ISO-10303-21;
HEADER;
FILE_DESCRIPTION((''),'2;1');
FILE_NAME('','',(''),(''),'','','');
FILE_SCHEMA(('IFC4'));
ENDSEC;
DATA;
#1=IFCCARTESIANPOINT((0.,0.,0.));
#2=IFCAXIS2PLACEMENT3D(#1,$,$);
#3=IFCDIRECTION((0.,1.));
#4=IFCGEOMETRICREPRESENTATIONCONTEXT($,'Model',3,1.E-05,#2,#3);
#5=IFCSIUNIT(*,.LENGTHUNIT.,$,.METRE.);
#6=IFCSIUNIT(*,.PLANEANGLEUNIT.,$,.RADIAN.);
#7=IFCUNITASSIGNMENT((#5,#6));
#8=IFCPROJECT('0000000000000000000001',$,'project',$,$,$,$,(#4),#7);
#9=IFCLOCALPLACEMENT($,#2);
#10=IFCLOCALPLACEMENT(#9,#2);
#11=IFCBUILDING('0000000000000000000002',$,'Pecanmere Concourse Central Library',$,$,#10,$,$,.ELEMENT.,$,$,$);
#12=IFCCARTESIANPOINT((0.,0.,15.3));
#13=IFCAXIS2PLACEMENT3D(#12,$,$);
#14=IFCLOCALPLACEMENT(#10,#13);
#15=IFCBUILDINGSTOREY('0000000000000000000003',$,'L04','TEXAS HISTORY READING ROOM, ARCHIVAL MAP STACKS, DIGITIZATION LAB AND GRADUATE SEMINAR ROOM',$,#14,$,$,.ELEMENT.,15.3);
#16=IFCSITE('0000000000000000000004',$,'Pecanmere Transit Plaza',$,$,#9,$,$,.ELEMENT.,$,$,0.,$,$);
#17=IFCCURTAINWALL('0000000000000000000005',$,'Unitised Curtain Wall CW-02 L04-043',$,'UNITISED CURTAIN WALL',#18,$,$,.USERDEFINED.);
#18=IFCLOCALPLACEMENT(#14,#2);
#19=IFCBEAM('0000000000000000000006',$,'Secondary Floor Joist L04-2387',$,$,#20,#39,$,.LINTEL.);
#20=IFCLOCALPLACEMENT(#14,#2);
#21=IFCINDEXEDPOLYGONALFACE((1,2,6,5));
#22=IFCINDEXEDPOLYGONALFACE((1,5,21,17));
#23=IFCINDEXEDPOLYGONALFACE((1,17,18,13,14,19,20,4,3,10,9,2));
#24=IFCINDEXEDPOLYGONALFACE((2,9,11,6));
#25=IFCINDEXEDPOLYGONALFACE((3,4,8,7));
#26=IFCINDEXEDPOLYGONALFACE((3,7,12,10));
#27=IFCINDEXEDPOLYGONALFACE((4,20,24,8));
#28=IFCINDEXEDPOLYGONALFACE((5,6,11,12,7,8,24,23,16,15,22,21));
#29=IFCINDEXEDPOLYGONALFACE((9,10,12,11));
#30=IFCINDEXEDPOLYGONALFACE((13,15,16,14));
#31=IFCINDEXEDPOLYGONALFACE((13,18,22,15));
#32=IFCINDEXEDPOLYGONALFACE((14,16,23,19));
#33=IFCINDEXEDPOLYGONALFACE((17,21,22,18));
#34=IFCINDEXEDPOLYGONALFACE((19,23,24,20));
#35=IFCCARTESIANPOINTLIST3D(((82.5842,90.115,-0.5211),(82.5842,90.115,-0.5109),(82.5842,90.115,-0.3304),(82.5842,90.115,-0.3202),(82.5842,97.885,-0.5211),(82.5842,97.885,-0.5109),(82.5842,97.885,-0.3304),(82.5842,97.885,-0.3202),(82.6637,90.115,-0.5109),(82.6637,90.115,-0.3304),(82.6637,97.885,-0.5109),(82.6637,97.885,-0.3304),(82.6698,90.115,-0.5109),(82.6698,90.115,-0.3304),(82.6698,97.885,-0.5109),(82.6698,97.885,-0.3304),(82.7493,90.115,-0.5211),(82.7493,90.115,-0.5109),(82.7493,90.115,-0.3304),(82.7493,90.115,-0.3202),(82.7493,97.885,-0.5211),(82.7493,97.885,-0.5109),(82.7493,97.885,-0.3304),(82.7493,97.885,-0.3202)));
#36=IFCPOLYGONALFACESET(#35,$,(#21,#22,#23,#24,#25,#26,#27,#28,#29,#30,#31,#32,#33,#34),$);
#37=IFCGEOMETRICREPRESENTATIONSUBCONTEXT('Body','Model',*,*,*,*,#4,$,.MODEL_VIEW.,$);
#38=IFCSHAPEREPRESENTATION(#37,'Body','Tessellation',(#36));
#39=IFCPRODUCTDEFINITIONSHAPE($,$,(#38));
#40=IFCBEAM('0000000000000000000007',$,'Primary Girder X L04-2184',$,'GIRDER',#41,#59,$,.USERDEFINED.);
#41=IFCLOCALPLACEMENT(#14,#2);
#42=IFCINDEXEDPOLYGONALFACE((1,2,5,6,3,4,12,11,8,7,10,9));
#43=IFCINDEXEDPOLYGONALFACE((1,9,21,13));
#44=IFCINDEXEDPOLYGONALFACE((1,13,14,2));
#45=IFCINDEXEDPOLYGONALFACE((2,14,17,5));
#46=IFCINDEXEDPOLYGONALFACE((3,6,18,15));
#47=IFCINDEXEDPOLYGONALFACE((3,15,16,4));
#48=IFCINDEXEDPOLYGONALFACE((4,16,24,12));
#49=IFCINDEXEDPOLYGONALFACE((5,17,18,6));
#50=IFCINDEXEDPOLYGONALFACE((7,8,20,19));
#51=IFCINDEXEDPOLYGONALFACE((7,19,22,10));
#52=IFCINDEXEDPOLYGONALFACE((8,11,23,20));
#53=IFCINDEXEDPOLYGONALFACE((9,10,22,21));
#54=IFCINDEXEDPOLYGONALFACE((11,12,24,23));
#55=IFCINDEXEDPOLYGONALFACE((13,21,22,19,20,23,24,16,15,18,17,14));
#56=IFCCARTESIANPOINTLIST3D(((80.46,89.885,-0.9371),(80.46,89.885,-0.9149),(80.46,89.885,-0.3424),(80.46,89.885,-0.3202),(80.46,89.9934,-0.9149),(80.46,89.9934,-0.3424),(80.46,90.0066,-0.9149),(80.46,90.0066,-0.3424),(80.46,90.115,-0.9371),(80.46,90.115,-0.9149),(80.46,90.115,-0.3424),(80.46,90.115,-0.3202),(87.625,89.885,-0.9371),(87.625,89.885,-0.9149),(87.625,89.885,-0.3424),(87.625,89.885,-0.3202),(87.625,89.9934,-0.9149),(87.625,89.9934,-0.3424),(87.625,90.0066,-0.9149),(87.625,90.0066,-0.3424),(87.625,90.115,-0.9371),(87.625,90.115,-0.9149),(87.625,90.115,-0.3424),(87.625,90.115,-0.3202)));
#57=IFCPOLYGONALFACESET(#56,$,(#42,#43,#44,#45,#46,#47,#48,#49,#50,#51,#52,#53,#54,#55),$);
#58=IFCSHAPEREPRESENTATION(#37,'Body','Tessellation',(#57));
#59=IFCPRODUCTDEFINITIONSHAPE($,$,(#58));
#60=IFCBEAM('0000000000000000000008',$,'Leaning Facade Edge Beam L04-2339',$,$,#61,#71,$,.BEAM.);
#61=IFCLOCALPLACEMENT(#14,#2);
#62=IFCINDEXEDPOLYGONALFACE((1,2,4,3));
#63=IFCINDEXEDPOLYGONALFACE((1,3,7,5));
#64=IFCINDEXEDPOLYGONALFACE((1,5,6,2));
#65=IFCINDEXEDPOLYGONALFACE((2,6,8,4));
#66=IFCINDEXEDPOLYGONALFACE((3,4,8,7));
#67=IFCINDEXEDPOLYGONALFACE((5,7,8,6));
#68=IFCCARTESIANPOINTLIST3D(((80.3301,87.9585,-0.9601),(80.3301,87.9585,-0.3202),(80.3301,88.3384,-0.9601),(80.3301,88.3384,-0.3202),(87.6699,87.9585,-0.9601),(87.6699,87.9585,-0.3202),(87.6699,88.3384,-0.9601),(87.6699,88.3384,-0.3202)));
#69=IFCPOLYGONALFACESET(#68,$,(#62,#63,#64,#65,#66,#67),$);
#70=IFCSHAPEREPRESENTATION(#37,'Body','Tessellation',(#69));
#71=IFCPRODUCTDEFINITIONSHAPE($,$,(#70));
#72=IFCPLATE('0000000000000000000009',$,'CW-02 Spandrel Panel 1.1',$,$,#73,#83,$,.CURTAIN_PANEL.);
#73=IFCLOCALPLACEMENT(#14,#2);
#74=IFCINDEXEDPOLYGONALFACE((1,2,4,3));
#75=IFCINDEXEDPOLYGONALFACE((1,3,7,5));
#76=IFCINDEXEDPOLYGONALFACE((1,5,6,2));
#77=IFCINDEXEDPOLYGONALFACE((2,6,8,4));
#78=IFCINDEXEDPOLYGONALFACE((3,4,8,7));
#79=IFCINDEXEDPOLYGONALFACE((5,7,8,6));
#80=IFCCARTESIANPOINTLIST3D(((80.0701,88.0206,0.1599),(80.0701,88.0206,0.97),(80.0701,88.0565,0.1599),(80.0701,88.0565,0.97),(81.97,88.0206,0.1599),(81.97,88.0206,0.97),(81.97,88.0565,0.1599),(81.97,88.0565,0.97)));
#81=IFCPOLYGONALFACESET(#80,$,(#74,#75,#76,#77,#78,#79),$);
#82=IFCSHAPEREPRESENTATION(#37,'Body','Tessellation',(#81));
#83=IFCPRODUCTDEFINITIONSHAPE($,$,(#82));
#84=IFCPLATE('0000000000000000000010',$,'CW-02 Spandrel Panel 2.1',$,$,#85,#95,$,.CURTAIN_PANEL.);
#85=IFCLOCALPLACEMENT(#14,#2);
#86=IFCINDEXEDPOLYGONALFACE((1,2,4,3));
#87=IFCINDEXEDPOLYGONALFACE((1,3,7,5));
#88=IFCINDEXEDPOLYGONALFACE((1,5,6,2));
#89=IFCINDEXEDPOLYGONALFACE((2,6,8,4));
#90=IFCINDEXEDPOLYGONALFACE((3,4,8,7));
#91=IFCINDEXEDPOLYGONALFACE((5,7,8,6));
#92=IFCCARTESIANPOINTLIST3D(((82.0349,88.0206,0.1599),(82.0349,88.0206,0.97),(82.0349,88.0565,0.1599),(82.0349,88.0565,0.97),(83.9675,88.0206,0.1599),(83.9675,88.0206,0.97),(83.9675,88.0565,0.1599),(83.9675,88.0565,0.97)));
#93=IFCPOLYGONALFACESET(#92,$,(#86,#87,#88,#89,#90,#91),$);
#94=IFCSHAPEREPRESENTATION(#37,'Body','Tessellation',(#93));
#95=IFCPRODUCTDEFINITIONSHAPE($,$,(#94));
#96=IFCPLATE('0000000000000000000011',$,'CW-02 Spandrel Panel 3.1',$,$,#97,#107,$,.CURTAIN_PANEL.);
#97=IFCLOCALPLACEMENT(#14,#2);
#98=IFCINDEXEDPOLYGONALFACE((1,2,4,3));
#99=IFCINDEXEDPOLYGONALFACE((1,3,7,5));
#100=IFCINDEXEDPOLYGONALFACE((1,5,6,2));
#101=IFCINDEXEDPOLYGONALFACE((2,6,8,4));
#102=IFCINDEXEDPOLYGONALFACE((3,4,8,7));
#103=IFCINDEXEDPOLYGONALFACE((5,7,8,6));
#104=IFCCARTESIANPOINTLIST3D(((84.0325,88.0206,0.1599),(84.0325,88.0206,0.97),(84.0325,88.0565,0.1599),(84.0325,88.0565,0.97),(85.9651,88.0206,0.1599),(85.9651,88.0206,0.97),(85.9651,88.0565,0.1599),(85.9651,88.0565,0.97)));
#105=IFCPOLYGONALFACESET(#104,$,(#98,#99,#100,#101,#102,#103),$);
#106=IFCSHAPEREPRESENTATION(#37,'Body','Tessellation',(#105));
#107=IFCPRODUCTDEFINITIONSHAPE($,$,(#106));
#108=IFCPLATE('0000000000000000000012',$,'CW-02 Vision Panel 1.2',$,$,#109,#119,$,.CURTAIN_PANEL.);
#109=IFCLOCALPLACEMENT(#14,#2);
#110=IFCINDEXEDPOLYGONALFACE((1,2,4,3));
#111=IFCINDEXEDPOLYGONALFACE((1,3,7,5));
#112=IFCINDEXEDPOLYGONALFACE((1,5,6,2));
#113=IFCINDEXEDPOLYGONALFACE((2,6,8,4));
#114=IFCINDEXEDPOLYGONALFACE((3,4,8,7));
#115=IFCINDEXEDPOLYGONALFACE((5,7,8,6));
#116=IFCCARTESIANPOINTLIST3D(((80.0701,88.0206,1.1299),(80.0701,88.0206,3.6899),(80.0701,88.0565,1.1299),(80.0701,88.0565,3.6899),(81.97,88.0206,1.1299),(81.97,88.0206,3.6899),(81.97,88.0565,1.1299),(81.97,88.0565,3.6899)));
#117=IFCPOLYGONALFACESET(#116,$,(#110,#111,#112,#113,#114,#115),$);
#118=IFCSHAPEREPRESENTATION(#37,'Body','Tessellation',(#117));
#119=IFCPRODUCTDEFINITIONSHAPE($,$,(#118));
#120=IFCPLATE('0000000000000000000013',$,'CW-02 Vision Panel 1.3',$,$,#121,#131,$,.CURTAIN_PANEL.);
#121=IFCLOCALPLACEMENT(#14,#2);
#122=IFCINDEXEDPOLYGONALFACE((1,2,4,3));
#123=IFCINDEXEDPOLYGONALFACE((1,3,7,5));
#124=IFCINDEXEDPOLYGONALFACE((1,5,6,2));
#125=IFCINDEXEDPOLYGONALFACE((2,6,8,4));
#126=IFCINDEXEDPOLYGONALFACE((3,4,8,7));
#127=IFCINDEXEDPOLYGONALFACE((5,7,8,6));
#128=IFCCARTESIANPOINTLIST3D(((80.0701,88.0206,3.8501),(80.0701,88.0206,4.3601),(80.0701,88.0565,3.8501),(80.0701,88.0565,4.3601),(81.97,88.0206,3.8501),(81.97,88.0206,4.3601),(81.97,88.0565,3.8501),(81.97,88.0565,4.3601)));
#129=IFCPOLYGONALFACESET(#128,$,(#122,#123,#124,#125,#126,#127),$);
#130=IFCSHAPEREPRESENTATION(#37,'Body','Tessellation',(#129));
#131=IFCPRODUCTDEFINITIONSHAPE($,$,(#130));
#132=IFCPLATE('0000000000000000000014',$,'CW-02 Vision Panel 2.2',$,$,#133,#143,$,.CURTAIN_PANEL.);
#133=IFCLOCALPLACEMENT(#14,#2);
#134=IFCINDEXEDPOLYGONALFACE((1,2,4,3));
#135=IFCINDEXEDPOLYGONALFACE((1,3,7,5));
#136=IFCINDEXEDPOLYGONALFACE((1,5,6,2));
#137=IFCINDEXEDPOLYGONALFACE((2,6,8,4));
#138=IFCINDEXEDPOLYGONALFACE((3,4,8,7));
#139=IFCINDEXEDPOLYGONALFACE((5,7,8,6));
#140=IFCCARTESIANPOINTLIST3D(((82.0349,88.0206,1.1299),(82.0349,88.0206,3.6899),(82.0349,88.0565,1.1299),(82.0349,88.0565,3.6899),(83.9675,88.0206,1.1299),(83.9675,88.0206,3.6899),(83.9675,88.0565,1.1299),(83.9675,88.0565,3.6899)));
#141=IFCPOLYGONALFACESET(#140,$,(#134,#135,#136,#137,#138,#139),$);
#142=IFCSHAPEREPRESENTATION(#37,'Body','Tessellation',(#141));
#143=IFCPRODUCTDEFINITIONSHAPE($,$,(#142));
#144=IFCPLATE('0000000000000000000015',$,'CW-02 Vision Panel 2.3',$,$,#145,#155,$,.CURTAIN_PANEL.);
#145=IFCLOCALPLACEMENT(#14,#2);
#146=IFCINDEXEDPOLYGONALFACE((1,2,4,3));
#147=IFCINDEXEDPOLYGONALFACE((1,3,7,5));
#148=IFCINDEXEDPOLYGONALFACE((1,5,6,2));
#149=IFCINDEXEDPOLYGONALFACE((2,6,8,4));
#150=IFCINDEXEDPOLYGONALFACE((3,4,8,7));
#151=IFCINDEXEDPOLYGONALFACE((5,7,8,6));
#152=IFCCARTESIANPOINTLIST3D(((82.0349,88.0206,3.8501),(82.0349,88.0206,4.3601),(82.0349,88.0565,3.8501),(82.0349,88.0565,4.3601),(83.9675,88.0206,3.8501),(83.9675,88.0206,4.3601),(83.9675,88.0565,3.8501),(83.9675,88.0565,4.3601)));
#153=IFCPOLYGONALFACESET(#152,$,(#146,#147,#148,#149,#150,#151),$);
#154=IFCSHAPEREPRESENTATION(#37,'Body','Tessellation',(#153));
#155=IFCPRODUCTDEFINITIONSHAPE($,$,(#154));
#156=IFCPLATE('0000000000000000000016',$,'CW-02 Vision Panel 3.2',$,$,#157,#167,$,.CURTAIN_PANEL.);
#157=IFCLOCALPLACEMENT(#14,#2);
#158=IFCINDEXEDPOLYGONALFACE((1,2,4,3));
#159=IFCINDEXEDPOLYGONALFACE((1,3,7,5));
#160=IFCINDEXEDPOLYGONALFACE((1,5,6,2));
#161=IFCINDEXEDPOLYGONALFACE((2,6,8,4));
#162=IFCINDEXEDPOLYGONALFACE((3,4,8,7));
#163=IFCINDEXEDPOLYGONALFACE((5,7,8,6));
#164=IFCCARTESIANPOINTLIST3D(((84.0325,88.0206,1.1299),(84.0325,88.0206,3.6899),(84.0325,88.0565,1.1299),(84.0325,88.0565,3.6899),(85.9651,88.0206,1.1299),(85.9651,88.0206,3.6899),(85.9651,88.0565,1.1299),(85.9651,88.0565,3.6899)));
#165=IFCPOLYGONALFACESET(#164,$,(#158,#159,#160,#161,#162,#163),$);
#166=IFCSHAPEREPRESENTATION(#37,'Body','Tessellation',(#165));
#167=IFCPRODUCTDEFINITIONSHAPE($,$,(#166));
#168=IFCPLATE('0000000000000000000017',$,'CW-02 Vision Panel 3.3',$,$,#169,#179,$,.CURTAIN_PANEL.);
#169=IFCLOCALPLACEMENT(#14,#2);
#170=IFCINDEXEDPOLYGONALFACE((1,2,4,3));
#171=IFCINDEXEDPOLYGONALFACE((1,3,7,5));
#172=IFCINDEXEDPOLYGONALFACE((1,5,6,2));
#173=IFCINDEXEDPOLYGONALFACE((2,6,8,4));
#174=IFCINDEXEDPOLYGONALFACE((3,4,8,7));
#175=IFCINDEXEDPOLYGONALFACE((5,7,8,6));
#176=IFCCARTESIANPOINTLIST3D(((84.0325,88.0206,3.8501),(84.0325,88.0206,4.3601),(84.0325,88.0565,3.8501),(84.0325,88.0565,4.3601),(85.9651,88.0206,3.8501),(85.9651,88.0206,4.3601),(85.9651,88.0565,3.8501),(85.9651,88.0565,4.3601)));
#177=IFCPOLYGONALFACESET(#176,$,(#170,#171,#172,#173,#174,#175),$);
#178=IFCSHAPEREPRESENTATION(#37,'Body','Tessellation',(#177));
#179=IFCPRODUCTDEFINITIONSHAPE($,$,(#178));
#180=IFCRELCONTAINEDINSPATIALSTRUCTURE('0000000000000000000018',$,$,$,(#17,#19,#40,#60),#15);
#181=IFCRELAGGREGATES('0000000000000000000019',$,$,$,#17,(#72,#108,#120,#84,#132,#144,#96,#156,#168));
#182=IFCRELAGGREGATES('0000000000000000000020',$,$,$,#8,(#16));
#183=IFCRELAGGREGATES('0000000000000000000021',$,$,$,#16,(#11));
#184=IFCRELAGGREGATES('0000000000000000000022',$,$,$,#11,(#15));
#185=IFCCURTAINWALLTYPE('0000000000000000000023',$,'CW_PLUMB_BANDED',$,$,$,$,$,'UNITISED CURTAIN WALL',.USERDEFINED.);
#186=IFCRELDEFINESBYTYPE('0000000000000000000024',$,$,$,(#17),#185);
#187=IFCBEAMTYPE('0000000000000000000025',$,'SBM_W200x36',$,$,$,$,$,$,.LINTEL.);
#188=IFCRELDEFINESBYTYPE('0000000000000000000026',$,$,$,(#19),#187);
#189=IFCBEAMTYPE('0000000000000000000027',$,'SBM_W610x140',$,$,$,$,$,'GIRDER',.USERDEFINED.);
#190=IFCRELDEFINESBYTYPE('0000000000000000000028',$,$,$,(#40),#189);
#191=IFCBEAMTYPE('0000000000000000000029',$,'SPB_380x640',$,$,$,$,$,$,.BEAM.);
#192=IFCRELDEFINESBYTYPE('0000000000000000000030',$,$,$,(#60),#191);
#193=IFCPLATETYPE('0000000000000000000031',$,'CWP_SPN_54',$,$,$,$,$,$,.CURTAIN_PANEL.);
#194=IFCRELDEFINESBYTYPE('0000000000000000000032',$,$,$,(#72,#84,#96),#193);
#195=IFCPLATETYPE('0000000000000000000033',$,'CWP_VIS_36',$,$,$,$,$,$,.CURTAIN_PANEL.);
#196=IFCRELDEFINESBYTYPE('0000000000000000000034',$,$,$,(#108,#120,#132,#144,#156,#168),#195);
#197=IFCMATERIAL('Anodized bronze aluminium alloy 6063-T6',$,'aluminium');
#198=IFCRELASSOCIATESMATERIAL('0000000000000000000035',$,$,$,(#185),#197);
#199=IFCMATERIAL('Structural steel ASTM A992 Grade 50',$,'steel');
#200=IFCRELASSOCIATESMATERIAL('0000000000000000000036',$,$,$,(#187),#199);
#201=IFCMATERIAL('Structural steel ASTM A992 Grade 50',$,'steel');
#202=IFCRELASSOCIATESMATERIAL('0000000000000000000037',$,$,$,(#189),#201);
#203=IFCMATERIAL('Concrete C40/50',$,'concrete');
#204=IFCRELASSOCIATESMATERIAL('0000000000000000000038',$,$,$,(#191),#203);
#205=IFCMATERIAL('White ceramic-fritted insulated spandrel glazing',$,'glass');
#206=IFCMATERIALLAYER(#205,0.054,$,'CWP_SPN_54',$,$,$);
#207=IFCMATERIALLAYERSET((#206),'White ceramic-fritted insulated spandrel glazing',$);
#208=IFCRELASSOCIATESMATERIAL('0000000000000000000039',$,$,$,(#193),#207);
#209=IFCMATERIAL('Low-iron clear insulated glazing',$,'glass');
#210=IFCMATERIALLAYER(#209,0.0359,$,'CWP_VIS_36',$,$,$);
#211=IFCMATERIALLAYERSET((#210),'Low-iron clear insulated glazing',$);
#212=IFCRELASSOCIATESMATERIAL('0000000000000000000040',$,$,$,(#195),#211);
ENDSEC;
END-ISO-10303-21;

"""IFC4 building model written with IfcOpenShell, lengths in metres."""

from ifc_helpers import new_model, si_unit, direction, frame, origin, origin_2d, place, context, subcontext, project, spatial, rectangle, i_section, extrude, material, layer, layer_set, material_profile, profile_set, type_object, element, aggregate, save


model = new_model("IFC4")

# Units and contexts
model_context = context("Model", 3, precision=1e-05, world=origin(), true_north=direction((0.0, 1.0)))
body_context = subcontext(model_context, "Body", "Model", "MODEL_VIEW")
ifc_project = project(units=[si_unit("LENGTHUNIT", "METRE"), si_unit("PLANEANGLEUNIT", "RADIAN")], contexts=[model_context])

# Site, building, storey
site_placement = place(None, origin())
site = spatial("IfcSite", under=ifc_project, at=site_placement, Name="Pecanmere Transit Plaza", CompositionType="ELEMENT", RefElevation=0.0)
building_placement = place(site_placement, origin())
building = spatial("IfcBuilding", under=site, at=building_placement, Name="Pecanmere Concourse Central Library", CompositionType="ELEMENT")
storey_placement = place(building_placement, frame((0.0, 0.0, 15.3)))
storey = spatial("IfcBuildingStorey", under=building, at=storey_placement, Name="L04", Description="TEXAS HISTORY READING ROOM, ARCHIVAL MAP STACKS, DIGITIZATION LAB AND GRADUATE SEMINAR ROOM", CompositionType="ELEMENT", Elevation=15.3)

# Curtain wall
ifc_material_1 = material(Name="Anodized bronze aluminium alloy 6063-T6", Category="aluminium")
curtain_wall_type = type_object("IfcCurtainWallType", Name="CW_PLUMB_BANDED", ElementType="UNITISED CURTAIN WALL", PredefinedType="USERDEFINED", material=ifc_material_1)
curtain_wall_placement = place(storey_placement, origin())
curtain_wall = element("IfcCurtainWall", 1, at=curtain_wall_placement, inside=storey, type_object=curtain_wall_type, Name="Unitised Curtain Wall CW-02 L04-043", ObjectType="UNITISED CURTAIN WALL", PredefinedType="USERDEFINED")

# Beams
ifc_material_2 = material(Name="Structural steel ASTM A992 Grade 50", Category="steel")
ifc_material_profile_1 = material_profile(ifc_material_2, i_section(OverallWidth=0.165, OverallDepth=0.2009, WebThickness=0.0061, FlangeThickness=0.0103, at=origin_2d()), Name="W200x35.9")
ifc_profile_set_1 = profile_set([ifc_material_profile_1], Name="Structural steel ASTM A992 Grade 50")
beam_type_1 = type_object("IfcBeamType", Name="SBM_W200x36", PredefinedType="LINTEL", material=ifc_profile_set_1)
beam_1_placement = place(storey_placement, frame((82.6667, 90.115, -0.4207), z_axis=(0.0, 1.0, 0.0), x_axis=(-1.0, 0.0, 0.0)))
element("IfcBeam", 2, at=beam_1_placement, inside=storey, type_object=beam_type_1, Name="Secondary Floor Joist L04-2387", PredefinedType="LINTEL", context=body_context, shape_type="SweptSolid", body=[
    extrude(i_section(OverallWidth=0.165, OverallDepth=0.2009, WebThickness=0.0061, FlangeThickness=0.0103, at=origin_2d()), origin(), (0.0, 0.0, 1.0), 7.77),
])
ifc_material_3 = material(Name="Structural steel ASTM A992 Grade 50", Category="steel")
ifc_material_profile_2 = material_profile(ifc_material_3, i_section(OverallWidth=0.23, OverallDepth=0.6169, WebThickness=0.0132, FlangeThickness=0.0222, at=origin_2d()), Name="W610x140")
ifc_profile_set_2 = profile_set([ifc_material_profile_2], Name="Structural steel ASTM A992 Grade 50")
beam_type_2 = type_object("IfcBeamType", Name="SBM_W610x140", ElementType="GIRDER", PredefinedType="USERDEFINED", material=ifc_profile_set_2)
beam_2_placement = place(storey_placement, frame((80.46, 90.0, -0.6287), z_axis=(1.0, 0.0, 0.0), x_axis=(0.0, 1.0, 0.0)))
element("IfcBeam", 3, at=beam_2_placement, inside=storey, type_object=beam_type_2, Name="Primary Girder X L04-2184", ObjectType="GIRDER", PredefinedType="USERDEFINED", context=body_context, shape_type="SweptSolid", body=[
    extrude(i_section(OverallWidth=0.23, OverallDepth=0.6169, WebThickness=0.0132, FlangeThickness=0.0222, at=origin_2d()), origin(), (0.0, 0.0, 1.0), 7.165),
])
ifc_material_4 = material(Name="Concrete C40/50", Category="concrete")
ifc_material_profile_3 = material_profile(ifc_material_4, rectangle(XDim=0.3799, YDim=0.6399, at=origin_2d()), Name="RC 380x640")
ifc_profile_set_3 = profile_set([ifc_material_profile_3], Name="Concrete C40/50")
beam_type_3 = type_object("IfcBeamType", Name="SPB_380x640", PredefinedType="BEAM", material=ifc_profile_set_3)
beam_3_placement = place(storey_placement, frame((80.3301, 88.1484, -0.6401), z_axis=(1.0, 0.0, 0.0), x_axis=(0.0, 1.0, 0.0)))
element("IfcBeam", 4, at=beam_3_placement, inside=storey, type_object=beam_type_3, Name="Leaning Facade Edge Beam L04-2339", PredefinedType="BEAM", context=body_context, shape_type="SweptSolid", body=[
    extrude(rectangle(XDim=0.3799, YDim=0.6399, at=origin_2d()), origin(), (0.0, 0.0, 1.0), 7.3398),
])

# Plates
ifc_material_5 = material(Name="White ceramic-fritted insulated spandrel glazing", Category="glass")
ifc_layer_1 = layer(ifc_material_5, 0.054, Name="CWP_SPN_54")
ifc_layer_set_1 = layer_set([ifc_layer_1], Name="White ceramic-fritted insulated spandrel glazing")
plate_type_1 = type_object("IfcPlateType", Name="CWP_SPN_54", PredefinedType="CURTAIN_PANEL", material=ifc_layer_set_1)
plate_1_placement = place(storey_placement, frame((81.02, 88.0386, 0.1599), z_axis=(0.0, 0.0, 1.0), x_axis=(1.0, 0.0, 0.0)))
plate_1 = element("IfcPlate", 5, at=plate_1_placement, type_object=plate_type_1, Name="CW-02 Spandrel Panel 1.1", PredefinedType="CURTAIN_PANEL", context=body_context, shape_type="SweptSolid", body=[
    extrude(rectangle(XDim=1.8999, YDim=0.0359, at=origin_2d()), origin(), (0.0, 0.0, 1.0), 0.8101),
])
plate_2_placement = place(storey_placement, frame((83.0012, 88.0386, 0.1599), z_axis=(0.0, 0.0, 1.0), x_axis=(1.0, 0.0, 0.0)))
plate_2 = element("IfcPlate", 6, at=plate_2_placement, type_object=plate_type_1, Name="CW-02 Spandrel Panel 2.1", PredefinedType="CURTAIN_PANEL", context=body_context, shape_type="SweptSolid", body=[
    extrude(rectangle(XDim=1.9326, YDim=0.0359, at=origin_2d()), origin(), (0.0, 0.0, 1.0), 0.8101),
])
plate_3_placement = place(storey_placement, frame((84.9988, 88.0386, 0.1599), z_axis=(0.0, 0.0, 1.0), x_axis=(1.0, 0.0, 0.0)))
plate_3 = element("IfcPlate", 7, at=plate_3_placement, type_object=plate_type_1, Name="CW-02 Spandrel Panel 3.1", PredefinedType="CURTAIN_PANEL", context=body_context, shape_type="SweptSolid", body=[
    extrude(rectangle(XDim=1.9326, YDim=0.0359, at=origin_2d()), origin(), (0.0, 0.0, 1.0), 0.8101),
])
ifc_material_6 = material(Name="Low-iron clear insulated glazing", Category="glass")
ifc_layer_2 = layer(ifc_material_6, 0.0359, Name="CWP_VIS_36")
ifc_layer_set_2 = layer_set([ifc_layer_2], Name="Low-iron clear insulated glazing")
plate_type_2 = type_object("IfcPlateType", Name="CWP_VIS_36", PredefinedType="CURTAIN_PANEL", material=ifc_layer_set_2)
plate_4_placement = place(storey_placement, frame((81.02, 88.0386, 1.1299), z_axis=(0.0, 0.0, 1.0), x_axis=(1.0, 0.0, 0.0)))
plate_4 = element("IfcPlate", 8, at=plate_4_placement, type_object=plate_type_2, Name="CW-02 Vision Panel 1.2", PredefinedType="CURTAIN_PANEL", context=body_context, shape_type="SweptSolid", body=[
    extrude(rectangle(XDim=1.8999, YDim=0.0359, at=origin_2d()), origin(), (0.0, 0.0, 1.0), 2.5601),
])
plate_5_placement = place(storey_placement, frame((81.02, 88.0386, 3.8501), z_axis=(0.0, 0.0, 1.0), x_axis=(1.0, 0.0, 0.0)))
plate_5 = element("IfcPlate", 9, at=plate_5_placement, type_object=plate_type_2, Name="CW-02 Vision Panel 1.3", PredefinedType="CURTAIN_PANEL", context=body_context, shape_type="SweptSolid", body=[
    extrude(rectangle(XDim=1.8999, YDim=0.0359, at=origin_2d()), origin(), (0.0, 0.0, 1.0), 0.51),
])
plate_6_placement = place(storey_placement, frame((83.0012, 88.0386, 1.1299), z_axis=(0.0, 0.0, 1.0), x_axis=(1.0, 0.0, 0.0)))
plate_6 = element("IfcPlate", 10, at=plate_6_placement, type_object=plate_type_2, Name="CW-02 Vision Panel 2.2", PredefinedType="CURTAIN_PANEL", context=body_context, shape_type="SweptSolid", body=[
    extrude(rectangle(XDim=1.9326, YDim=0.0359, at=origin_2d()), origin(), (0.0, 0.0, 1.0), 2.5601),
])
plate_7_placement = place(storey_placement, frame((83.0012, 88.0386, 3.8501), z_axis=(0.0, 0.0, 1.0), x_axis=(1.0, 0.0, 0.0)))
plate_7 = element("IfcPlate", 11, at=plate_7_placement, type_object=plate_type_2, Name="CW-02 Vision Panel 2.3", PredefinedType="CURTAIN_PANEL", context=body_context, shape_type="SweptSolid", body=[
    extrude(rectangle(XDim=1.9326, YDim=0.0359, at=origin_2d()), origin(), (0.0, 0.0, 1.0), 0.51),
])
plate_8_placement = place(storey_placement, frame((84.9988, 88.0386, 1.1299), z_axis=(0.0, 0.0, 1.0), x_axis=(1.0, 0.0, 0.0)))
plate_8 = element("IfcPlate", 12, at=plate_8_placement, type_object=plate_type_2, Name="CW-02 Vision Panel 3.2", PredefinedType="CURTAIN_PANEL", context=body_context, shape_type="SweptSolid", body=[
    extrude(rectangle(XDim=1.9326, YDim=0.0359, at=origin_2d()), origin(), (0.0, 0.0, 1.0), 2.5601),
])
plate_9_placement = place(storey_placement, frame((84.9988, 88.0386, 3.8501), z_axis=(0.0, 0.0, 1.0), x_axis=(1.0, 0.0, 0.0)))
plate_9 = element("IfcPlate", 13, at=plate_9_placement, type_object=plate_type_2, Name="CW-02 Vision Panel 3.3", PredefinedType="CURTAIN_PANEL", context=body_context, shape_type="SweptSolid", body=[
    extrude(rectangle(XDim=1.9326, YDim=0.0359, at=origin_2d()), origin(), (0.0, 0.0, 1.0), 0.51),
])
aggregate(curtain_wall, [plate_1, plate_4, plate_5, plate_2, plate_6, plate_7, plate_3, plate_8, plate_9])

save(model, "model.ifc")
